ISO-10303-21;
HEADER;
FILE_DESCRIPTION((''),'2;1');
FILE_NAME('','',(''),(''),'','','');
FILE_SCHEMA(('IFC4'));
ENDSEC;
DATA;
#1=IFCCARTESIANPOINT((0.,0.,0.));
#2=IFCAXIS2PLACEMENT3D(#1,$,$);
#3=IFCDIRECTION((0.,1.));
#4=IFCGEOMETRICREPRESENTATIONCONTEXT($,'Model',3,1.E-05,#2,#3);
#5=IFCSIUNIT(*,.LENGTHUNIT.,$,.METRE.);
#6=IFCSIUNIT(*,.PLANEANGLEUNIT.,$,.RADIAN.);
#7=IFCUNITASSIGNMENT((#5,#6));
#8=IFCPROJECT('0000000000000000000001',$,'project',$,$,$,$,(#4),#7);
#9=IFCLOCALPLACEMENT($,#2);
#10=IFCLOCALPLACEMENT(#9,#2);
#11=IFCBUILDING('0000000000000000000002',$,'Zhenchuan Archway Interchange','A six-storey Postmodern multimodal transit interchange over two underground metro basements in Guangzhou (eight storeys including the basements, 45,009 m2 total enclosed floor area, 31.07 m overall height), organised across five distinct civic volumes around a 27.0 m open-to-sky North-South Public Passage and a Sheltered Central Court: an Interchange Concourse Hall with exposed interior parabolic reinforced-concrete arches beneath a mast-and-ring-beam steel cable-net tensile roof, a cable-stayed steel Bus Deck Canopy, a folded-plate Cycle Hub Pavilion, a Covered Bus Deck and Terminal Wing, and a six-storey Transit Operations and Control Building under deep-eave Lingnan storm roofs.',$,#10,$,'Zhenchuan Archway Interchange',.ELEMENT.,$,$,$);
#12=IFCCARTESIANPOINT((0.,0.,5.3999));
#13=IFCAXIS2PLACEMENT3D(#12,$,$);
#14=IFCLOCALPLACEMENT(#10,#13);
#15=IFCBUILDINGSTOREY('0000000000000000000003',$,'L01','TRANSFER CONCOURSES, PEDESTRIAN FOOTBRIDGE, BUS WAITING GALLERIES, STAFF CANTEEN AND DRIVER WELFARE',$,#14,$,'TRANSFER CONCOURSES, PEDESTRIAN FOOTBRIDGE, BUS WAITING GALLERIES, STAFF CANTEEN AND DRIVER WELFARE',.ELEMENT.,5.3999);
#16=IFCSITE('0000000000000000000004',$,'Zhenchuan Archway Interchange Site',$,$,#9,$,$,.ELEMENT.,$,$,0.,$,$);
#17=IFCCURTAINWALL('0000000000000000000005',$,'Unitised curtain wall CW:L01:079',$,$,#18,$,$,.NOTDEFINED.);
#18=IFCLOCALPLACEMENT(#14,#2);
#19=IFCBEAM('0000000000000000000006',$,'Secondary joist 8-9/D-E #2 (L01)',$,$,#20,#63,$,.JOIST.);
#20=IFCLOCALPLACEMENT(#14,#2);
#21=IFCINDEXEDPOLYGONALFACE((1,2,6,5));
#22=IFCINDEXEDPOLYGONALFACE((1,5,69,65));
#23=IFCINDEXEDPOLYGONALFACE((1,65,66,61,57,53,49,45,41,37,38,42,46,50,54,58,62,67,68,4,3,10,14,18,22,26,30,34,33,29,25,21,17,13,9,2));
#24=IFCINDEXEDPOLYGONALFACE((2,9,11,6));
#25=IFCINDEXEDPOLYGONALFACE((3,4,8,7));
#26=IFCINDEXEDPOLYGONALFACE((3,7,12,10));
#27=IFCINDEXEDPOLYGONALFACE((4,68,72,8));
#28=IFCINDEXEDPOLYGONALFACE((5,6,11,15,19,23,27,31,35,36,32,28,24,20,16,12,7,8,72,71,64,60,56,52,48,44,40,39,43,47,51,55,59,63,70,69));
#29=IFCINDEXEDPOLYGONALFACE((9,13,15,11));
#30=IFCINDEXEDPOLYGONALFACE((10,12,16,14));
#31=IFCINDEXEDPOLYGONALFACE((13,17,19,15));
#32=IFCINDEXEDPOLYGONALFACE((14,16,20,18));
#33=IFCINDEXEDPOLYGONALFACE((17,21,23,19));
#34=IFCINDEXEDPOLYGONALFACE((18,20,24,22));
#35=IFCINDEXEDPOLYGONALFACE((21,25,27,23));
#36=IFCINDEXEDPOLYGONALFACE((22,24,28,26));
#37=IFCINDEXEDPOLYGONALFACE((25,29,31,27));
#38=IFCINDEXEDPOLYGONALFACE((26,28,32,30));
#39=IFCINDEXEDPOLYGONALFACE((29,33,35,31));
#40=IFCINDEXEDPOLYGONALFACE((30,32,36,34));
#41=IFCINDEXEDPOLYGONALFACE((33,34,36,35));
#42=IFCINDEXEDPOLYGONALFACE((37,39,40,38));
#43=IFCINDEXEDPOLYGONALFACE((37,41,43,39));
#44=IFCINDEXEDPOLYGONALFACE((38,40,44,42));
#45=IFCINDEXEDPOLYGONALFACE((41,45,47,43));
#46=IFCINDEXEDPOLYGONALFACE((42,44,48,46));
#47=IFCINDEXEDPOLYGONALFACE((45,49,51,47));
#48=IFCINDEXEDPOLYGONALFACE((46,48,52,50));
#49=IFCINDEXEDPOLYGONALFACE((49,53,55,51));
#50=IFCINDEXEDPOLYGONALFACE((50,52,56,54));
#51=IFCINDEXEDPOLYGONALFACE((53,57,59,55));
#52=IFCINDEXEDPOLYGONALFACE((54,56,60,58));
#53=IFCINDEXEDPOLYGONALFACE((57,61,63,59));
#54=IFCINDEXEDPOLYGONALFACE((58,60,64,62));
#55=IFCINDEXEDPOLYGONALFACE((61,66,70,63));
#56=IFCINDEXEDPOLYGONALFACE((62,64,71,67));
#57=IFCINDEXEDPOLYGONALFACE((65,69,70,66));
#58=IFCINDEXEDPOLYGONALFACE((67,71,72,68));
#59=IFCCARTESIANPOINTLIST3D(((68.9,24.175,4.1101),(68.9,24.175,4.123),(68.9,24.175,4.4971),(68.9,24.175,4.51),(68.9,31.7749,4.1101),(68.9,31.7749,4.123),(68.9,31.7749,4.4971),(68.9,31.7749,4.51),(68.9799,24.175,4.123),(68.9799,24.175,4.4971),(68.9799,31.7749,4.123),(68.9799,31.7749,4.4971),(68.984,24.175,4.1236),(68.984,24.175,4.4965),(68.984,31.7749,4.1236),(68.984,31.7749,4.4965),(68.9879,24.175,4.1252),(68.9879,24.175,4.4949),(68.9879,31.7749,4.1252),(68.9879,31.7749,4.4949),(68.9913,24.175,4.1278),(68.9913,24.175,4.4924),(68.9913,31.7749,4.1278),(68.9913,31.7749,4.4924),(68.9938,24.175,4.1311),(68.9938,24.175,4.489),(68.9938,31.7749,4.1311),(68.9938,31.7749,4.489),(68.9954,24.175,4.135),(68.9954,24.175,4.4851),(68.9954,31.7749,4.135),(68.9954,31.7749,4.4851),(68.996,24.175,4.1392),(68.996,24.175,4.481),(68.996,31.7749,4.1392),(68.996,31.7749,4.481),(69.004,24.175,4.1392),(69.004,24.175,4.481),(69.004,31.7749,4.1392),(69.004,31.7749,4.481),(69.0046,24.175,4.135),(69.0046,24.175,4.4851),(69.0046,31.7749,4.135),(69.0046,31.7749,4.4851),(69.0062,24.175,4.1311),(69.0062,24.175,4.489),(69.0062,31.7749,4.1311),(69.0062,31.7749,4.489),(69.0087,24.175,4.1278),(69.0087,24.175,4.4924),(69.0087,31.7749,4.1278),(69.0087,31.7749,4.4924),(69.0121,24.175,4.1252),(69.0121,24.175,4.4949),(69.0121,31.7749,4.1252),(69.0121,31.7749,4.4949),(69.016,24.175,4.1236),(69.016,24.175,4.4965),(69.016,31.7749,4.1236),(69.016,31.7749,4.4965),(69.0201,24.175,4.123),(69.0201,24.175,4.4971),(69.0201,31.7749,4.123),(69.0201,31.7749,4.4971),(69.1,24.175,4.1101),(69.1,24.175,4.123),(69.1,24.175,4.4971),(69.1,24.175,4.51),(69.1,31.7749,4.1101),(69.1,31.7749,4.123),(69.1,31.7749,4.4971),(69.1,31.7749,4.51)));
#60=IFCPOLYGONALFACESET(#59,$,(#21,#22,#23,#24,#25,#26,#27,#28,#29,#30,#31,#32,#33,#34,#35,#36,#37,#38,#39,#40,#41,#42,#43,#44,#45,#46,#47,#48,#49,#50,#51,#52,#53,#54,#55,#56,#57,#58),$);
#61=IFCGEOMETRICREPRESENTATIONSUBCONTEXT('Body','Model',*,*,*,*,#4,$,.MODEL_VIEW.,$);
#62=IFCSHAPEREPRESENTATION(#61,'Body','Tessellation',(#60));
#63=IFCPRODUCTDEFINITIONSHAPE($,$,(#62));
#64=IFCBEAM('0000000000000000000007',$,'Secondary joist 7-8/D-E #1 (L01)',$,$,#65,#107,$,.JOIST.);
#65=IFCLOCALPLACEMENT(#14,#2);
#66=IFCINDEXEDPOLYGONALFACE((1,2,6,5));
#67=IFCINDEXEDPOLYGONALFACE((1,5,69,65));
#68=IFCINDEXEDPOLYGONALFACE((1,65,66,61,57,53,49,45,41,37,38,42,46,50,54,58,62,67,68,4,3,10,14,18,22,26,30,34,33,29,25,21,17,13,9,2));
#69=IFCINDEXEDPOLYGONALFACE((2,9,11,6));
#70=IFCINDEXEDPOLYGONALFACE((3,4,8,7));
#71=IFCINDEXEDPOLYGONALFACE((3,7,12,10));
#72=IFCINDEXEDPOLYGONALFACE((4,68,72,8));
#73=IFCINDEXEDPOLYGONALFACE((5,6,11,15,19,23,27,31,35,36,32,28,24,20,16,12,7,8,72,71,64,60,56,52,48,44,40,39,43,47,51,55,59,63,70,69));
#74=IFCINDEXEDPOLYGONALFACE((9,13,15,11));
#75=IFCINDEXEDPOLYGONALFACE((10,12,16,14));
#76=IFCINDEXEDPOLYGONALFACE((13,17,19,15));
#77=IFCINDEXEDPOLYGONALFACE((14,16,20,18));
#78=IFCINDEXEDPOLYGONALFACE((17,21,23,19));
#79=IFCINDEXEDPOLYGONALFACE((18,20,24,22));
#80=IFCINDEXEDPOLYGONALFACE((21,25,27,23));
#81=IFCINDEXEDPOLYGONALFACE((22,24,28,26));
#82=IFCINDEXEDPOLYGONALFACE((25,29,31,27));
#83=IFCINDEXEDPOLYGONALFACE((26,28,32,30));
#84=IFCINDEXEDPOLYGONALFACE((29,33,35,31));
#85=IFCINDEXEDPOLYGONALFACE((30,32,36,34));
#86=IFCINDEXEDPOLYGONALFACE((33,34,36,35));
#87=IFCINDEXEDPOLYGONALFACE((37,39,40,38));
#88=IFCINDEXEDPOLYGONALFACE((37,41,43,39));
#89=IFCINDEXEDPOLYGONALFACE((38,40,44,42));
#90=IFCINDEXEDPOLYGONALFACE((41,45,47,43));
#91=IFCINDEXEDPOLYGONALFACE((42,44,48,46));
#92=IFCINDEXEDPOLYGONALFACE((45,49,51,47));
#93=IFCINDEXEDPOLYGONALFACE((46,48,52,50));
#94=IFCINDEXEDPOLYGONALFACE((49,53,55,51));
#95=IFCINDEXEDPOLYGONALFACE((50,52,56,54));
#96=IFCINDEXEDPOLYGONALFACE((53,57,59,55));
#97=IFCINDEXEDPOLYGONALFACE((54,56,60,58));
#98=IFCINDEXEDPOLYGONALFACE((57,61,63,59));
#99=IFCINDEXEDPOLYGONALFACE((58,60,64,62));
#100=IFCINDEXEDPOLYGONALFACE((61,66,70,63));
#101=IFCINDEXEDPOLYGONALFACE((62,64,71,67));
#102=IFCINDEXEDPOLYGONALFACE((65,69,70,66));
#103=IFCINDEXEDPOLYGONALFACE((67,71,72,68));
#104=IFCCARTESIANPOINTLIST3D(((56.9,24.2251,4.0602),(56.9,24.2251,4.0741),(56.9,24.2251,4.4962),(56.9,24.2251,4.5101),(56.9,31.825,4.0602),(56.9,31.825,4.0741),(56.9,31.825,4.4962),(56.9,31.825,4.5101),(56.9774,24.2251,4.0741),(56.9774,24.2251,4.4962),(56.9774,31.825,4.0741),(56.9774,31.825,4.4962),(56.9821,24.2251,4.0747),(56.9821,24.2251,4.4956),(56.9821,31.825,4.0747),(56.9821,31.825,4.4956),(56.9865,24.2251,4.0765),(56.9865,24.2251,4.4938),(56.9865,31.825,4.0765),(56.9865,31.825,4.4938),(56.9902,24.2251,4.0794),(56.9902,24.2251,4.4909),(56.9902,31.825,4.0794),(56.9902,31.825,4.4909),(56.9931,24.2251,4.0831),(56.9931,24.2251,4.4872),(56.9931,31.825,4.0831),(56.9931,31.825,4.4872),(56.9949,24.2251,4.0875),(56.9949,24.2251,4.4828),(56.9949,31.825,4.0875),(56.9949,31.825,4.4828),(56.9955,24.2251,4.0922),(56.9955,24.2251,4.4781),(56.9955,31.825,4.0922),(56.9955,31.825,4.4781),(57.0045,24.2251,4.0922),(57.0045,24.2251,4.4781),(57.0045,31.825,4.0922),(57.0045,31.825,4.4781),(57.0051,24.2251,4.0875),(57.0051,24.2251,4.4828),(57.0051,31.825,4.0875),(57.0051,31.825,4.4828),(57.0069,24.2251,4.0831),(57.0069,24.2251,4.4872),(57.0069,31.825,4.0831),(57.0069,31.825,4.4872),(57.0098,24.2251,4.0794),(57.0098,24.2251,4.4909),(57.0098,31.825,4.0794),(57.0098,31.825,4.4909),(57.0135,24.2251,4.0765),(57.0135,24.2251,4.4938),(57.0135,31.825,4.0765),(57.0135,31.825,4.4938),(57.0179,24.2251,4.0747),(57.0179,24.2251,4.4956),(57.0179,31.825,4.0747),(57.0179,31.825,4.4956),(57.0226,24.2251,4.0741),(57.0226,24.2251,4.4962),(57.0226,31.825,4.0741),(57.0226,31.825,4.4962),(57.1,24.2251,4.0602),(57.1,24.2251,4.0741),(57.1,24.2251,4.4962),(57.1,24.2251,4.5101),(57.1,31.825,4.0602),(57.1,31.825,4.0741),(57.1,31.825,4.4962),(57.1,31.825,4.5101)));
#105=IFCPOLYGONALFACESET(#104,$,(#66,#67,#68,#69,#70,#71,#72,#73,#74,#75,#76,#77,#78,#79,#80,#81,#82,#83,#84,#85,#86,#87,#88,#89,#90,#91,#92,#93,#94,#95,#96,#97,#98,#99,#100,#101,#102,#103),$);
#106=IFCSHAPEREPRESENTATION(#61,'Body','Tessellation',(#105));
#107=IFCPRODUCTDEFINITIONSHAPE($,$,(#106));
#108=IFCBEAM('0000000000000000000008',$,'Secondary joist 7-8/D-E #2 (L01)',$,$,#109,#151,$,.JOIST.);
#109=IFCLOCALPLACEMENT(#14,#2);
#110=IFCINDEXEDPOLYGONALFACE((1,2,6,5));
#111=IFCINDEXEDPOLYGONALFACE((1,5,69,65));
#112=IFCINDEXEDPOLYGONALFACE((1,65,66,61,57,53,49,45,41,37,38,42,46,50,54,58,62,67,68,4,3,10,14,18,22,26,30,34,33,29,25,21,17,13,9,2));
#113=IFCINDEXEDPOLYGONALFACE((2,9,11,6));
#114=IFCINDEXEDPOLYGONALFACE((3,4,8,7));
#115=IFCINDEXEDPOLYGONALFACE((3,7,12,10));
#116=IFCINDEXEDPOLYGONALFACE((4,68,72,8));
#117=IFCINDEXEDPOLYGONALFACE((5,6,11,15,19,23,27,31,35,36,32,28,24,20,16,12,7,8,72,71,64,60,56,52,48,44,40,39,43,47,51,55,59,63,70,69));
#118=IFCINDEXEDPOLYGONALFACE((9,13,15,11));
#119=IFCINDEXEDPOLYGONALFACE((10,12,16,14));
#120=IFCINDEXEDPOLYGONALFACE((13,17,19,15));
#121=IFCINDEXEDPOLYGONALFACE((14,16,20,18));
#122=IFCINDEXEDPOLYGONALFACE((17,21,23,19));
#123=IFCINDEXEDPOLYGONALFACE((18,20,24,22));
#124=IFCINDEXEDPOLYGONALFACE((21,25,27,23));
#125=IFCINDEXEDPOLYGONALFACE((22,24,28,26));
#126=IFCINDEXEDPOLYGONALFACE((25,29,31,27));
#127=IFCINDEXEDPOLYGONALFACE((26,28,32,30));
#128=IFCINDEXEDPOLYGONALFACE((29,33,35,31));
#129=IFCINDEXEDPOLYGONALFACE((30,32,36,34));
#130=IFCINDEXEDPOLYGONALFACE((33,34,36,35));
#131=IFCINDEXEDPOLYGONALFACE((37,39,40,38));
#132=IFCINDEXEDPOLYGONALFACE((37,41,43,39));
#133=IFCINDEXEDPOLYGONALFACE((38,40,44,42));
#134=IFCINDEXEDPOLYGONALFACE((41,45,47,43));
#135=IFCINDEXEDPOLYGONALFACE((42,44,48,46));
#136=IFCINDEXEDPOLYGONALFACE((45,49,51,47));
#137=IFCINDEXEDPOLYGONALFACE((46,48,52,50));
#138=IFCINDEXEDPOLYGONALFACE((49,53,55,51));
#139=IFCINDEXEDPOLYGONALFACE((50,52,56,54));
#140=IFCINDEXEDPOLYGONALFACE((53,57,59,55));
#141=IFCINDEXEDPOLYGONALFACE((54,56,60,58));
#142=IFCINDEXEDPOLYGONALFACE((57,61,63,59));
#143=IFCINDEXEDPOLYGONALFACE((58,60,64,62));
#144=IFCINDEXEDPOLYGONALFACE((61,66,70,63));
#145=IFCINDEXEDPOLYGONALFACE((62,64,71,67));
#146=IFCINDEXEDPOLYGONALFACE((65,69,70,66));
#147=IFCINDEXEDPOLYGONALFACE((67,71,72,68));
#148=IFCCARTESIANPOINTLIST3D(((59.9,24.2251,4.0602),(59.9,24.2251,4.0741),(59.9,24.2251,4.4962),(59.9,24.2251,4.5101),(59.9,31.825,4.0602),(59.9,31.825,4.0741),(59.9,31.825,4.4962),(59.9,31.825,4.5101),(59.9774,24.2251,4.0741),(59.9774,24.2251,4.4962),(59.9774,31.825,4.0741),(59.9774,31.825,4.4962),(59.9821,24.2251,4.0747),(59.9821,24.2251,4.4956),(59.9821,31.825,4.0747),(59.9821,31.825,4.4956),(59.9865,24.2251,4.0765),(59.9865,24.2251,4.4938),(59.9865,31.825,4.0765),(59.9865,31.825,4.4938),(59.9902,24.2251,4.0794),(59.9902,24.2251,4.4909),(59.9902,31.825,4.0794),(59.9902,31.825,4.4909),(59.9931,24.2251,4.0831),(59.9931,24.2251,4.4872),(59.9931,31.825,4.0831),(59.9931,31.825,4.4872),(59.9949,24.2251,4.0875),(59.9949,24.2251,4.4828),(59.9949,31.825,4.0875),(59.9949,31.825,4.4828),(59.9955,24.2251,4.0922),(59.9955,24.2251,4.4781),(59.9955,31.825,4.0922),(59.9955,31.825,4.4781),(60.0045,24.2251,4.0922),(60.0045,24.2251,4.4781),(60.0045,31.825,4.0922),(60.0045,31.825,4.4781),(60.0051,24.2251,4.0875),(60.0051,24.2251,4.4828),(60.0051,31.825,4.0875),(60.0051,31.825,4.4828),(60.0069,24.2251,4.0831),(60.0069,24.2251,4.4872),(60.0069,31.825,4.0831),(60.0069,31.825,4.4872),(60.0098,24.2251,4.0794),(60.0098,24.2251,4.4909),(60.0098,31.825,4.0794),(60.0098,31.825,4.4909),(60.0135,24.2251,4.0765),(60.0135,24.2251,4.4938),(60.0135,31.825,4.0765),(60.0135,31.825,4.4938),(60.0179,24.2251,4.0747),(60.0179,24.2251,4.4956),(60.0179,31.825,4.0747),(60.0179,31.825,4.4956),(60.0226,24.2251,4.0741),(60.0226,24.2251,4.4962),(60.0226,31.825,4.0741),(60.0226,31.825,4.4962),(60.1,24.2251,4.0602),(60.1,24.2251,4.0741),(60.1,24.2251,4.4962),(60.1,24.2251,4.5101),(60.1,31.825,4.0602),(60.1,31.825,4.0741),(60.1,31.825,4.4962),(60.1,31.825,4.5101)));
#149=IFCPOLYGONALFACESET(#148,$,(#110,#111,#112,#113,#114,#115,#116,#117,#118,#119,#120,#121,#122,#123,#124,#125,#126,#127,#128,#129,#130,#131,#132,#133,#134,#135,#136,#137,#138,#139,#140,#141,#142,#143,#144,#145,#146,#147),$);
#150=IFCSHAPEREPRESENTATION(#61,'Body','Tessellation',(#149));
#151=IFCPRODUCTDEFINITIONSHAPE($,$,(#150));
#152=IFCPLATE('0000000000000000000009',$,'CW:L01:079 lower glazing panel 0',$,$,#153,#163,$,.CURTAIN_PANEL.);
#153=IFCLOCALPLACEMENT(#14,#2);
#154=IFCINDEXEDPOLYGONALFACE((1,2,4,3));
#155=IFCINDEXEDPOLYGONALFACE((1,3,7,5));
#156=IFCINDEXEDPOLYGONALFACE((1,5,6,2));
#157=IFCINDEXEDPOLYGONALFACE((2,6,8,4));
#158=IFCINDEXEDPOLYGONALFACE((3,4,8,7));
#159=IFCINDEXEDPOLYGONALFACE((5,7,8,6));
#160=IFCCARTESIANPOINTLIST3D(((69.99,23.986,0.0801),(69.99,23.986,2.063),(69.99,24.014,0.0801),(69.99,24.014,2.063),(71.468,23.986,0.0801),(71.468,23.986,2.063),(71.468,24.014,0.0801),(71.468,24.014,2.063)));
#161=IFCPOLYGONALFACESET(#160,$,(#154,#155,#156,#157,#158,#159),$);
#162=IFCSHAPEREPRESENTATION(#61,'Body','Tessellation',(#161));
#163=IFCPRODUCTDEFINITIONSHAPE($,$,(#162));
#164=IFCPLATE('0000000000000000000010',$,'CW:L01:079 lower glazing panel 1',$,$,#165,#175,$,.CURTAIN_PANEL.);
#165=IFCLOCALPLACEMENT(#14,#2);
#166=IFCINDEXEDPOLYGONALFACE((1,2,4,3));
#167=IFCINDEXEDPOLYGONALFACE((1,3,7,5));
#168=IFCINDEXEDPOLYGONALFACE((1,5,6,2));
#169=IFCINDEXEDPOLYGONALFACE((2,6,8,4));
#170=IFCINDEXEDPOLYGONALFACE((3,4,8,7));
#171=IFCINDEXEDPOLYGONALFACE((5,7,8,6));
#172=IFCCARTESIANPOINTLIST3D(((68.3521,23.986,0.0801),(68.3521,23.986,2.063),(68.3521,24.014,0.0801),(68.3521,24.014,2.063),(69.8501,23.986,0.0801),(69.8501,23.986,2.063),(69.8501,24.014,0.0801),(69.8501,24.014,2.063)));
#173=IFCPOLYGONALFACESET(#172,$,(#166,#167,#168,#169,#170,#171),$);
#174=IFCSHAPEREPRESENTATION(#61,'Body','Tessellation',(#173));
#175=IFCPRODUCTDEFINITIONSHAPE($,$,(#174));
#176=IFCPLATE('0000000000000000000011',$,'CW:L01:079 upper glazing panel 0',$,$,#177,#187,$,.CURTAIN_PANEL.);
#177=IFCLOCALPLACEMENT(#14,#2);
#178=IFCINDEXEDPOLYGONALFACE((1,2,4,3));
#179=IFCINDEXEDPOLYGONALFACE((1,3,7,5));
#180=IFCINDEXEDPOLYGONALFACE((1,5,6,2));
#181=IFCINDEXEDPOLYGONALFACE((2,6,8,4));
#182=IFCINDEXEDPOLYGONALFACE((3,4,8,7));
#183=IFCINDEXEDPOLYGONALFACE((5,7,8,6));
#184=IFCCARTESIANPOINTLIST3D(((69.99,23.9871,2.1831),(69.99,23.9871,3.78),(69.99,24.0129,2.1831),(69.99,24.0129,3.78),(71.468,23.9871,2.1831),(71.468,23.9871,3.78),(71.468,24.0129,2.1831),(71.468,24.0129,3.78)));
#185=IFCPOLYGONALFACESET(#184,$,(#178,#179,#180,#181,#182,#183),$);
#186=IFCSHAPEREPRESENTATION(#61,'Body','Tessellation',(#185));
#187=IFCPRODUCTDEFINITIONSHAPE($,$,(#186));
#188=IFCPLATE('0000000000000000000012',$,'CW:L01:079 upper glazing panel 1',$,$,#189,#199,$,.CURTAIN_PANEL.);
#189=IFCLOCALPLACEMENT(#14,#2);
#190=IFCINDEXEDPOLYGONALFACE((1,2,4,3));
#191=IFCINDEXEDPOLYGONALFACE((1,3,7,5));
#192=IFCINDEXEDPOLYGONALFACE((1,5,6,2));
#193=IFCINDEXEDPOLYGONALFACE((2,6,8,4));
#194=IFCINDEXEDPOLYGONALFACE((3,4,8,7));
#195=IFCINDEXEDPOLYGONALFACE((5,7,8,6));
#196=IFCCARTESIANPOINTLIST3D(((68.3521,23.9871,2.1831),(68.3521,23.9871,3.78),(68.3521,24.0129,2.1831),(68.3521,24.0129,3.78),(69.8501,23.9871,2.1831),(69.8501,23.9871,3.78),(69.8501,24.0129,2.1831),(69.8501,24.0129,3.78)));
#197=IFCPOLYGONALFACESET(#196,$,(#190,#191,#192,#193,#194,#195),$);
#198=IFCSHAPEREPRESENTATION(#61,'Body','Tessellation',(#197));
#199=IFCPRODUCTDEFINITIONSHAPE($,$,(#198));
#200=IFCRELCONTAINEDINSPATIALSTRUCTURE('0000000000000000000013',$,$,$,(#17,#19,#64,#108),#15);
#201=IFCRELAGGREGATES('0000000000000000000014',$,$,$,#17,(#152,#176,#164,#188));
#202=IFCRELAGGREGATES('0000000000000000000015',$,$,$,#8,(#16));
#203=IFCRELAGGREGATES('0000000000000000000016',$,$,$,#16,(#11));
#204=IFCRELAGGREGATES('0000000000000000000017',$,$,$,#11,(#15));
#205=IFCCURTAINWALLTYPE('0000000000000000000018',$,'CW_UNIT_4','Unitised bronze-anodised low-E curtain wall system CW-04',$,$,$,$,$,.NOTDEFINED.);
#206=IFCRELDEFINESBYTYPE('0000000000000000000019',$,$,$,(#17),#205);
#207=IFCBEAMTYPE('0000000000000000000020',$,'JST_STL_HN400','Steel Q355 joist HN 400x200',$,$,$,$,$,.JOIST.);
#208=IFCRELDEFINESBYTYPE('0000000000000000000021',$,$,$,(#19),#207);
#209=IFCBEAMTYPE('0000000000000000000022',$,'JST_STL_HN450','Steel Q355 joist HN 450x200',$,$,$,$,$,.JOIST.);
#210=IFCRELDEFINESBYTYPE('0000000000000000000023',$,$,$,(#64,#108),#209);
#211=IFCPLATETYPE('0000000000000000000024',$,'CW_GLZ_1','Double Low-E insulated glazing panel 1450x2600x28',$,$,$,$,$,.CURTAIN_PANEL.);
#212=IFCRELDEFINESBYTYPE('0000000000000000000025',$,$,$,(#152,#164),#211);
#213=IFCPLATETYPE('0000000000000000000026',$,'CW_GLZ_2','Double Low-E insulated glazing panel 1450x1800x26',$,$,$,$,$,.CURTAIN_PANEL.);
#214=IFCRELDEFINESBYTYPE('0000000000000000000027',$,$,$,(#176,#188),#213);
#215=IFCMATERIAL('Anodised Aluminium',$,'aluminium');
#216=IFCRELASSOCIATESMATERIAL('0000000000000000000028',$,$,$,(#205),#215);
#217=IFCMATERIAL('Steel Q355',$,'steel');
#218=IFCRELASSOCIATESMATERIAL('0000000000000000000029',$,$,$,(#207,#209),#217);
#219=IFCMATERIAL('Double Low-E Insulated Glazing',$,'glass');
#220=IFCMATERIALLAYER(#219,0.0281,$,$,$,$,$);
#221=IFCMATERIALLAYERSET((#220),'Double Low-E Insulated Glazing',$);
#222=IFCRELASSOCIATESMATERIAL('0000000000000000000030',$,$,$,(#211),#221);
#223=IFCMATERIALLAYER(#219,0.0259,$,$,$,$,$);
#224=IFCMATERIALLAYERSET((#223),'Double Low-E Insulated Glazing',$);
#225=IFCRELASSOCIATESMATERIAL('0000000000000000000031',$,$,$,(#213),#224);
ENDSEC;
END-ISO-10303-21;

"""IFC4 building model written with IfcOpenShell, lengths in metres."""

from ifc_helpers import new_model, si_unit, direction, frame, origin, origin_2d, place, context, subcontext, project, spatial, rectangle, i_section, extrude, material, layer, layer_set, material_profile, profile_set, type_object, element, aggregate, save


model = new_model("IFC4")

# Units and contexts
model_context = context("Model", 3, precision=1e-05, world=origin(), true_north=direction((0.0, 1.0)))
body_context = subcontext(model_context, "Body", "Model", "MODEL_VIEW")
ifc_project = project(units=[si_unit("LENGTHUNIT", "METRE"), si_unit("PLANEANGLEUNIT", "RADIAN")], contexts=[model_context])

# Site, building, storey
site_placement = place(None, origin())
site = spatial("IfcSite", under=ifc_project, at=site_placement, Name="Zhenchuan Archway Interchange Site", CompositionType="ELEMENT", RefElevation=0.0)
building_placement = place(site_placement, origin())
building = spatial("IfcBuilding", under=site, at=building_placement, Name="Zhenchuan Archway Interchange", Description="A six-storey Postmodern multimodal transit interchange over two underground metro basements in Guangzhou (eight storeys including the basements, 45,009 m2 total enclosed floor area, 31.07 m overall height), organised across five distinct civic volumes around a 27.0 m open-to-sky North-South Public Passage and a Sheltered Central Court: an Interchange Concourse Hall with exposed interior parabolic reinforced-concrete arches beneath a mast-and-ring-beam steel cable-net tensile roof, a cable-stayed steel Bus Deck Canopy, a folded-plate Cycle Hub Pavilion, a Covered Bus Deck and Terminal Wing, and a six-storey Transit Operations and Control Building under deep-eave Lingnan storm roofs.", LongName="Zhenchuan Archway Interchange", CompositionType="ELEMENT")
storey_placement = place(building_placement, frame((0.0, 0.0, 5.3999)))
storey = spatial("IfcBuildingStorey", under=building, at=storey_placement, Name="L01", Description="TRANSFER CONCOURSES, PEDESTRIAN FOOTBRIDGE, BUS WAITING GALLERIES, STAFF CANTEEN AND DRIVER WELFARE", LongName="TRANSFER CONCOURSES, PEDESTRIAN FOOTBRIDGE, BUS WAITING GALLERIES, STAFF CANTEEN AND DRIVER WELFARE", CompositionType="ELEMENT", Elevation=5.3999)

# Curtain wall
ifc_material_1 = material(Name="Anodised Aluminium", Category="aluminium")
curtain_wall_type = type_object("IfcCurtainWallType", Name="CW_UNIT_4", Description="Unitised bronze-anodised low-E curtain wall system CW-04", PredefinedType="NOTDEFINED", material=ifc_material_1)
curtain_wall_placement = place(storey_placement, origin())
curtain_wall = element("IfcCurtainWall", 1, at=curtain_wall_placement, inside=storey, type_object=curtain_wall_type, Name="Unitised curtain wall CW:L01:079", PredefinedType="NOTDEFINED")

# Beams
ifc_material_2 = material(Name="Steel Q355", Category="steel")
ifc_material_profile_1 = material_profile(ifc_material_2, i_section(OverallWidth=0.2, OverallDepth=0.3999, WebThickness=0.0081, FlangeThickness=0.0129, FilletRadius=0.0161, at=origin_2d()), Name="HN 400x200")
ifc_profile_set_1 = profile_set([ifc_material_profile_1], Name="Steel Q355")
beam_type_1 = type_object("IfcBeamType", Name="JST_STL_HN400", Description="Steel Q355 joist HN 400x200", PredefinedType="JOIST", material=ifc_profile_set_1)
for number, where, z_axis, x_axis, name in (
    (2, (69.0, 24.175, 4.3101), (0.0, 1.0, 0.0), (-1.0, 0.0, 0.0), "Secondary joist 8-9/D-E #2 (L01)"),
):
    element("IfcBeam", number, at=place(storey_placement, frame(where, z_axis=z_axis, x_axis=x_axis)), inside=storey, type_object=beam_type_1, Name=name, PredefinedType="JOIST", context=body_context, shape_type="SweptSolid", body=[
        extrude(i_section(OverallWidth=0.2, OverallDepth=0.3999, WebThickness=0.0081, FlangeThickness=0.0129, FilletRadius=0.0161, at=origin_2d()), origin(), (0.0, 0.0, 1.0), 7.5999),
    ])
ifc_material_profile_2 = material_profile(ifc_material_2, i_section(OverallWidth=0.2, OverallDepth=0.45, WebThickness=0.009, FlangeThickness=0.0139, FilletRadius=0.0181, at=origin_2d()), Name="HN 450x200")
ifc_profile_set_2 = profile_set([ifc_material_profile_2], Name="Steel Q355")
beam_type_2 = type_object("IfcBeamType", Name="JST_STL_HN450", Description="Steel Q355 joist HN 450x200", PredefinedType="JOIST", material=ifc_profile_set_2)
for number, where, z_axis, x_axis, name in (
    (3, (57.0, 24.2251, 4.2852), (0.0, 1.0, 0.0), (-1.0, 0.0, 0.0), "Secondary joist 7-8/D-E #1 (L01)"),
    (4, (60.0, 24.2251, 4.2852), (0.0, 1.0, 0.0), (-1.0, 0.0, 0.0), "Secondary joist 7-8/D-E #2 (L01)"),
):
    element("IfcBeam", number, at=place(storey_placement, frame(where, z_axis=z_axis, x_axis=x_axis)), inside=storey, type_object=beam_type_2, Name=name, PredefinedType="JOIST", context=body_context, shape_type="SweptSolid", body=[
        extrude(i_section(OverallWidth=0.2, OverallDepth=0.45, WebThickness=0.009, FlangeThickness=0.0139, FilletRadius=0.0181, at=origin_2d()), origin(), (0.0, 0.0, 1.0), 7.5999),
    ])

# Plates
ifc_material_3 = material(Name="Double Low-E Insulated Glazing", Category="glass")
ifc_layer_1 = layer(ifc_material_3, 0.0281)
ifc_layer_set_1 = layer_set([ifc_layer_1], Name="Double Low-E Insulated Glazing")
plate_type_1 = type_object("IfcPlateType", Name="CW_GLZ_1", Description="Double Low-E insulated glazing panel 1450x2600x28", PredefinedType="CURTAIN_PANEL", material=ifc_layer_set_1)
plate_1_placement = place(storey_placement, frame((70.729, 24.0, 0.0801), z_axis=(0.0, 0.0, 1.0), x_axis=(-1.0, 0.0, 0.0)))
plate_1 = element("IfcPlate", 5, at=plate_1_placement, type_object=plate_type_1, Name="CW:L01:079 lower glazing panel 0", PredefinedType="CURTAIN_PANEL", context=body_context, shape_type="SweptSolid", body=[
    extrude(rectangle(XDim=1.478, YDim=0.0281, at=origin_2d()), origin(), (0.0, 0.0, 1.0), 1.9829),
])
plate_2_placement = place(storey_placement, frame((69.1011, 24.0, 0.0801), z_axis=(0.0, 0.0, 1.0), x_axis=(-1.0, 0.0, 0.0)))
plate_2 = element("IfcPlate", 6, at=plate_2_placement, type_object=plate_type_1, Name="CW:L01:079 lower glazing panel 1", PredefinedType="CURTAIN_PANEL", context=body_context, shape_type="SweptSolid", body=[
    extrude(rectangle(XDim=1.498, YDim=0.0281, at=origin_2d()), origin(), (0.0, 0.0, 1.0), 1.9829),
])
ifc_layer_2 = layer(ifc_material_3, 0.0259)
ifc_layer_set_2 = layer_set([ifc_layer_2], Name="Double Low-E Insulated Glazing")
plate_type_2 = type_object("IfcPlateType", Name="CW_GLZ_2", Description="Double Low-E insulated glazing panel 1450x1800x26", PredefinedType="CURTAIN_PANEL", material=ifc_layer_set_2)
plate_3_placement = place(storey_placement, frame((70.729, 24.0, 2.1831), z_axis=(0.0, 0.0, 1.0), x_axis=(-1.0, 0.0, 0.0)))
plate_3 = element("IfcPlate", 7, at=plate_3_placement, type_object=plate_type_2, Name="CW:L01:079 upper glazing panel 0", PredefinedType="CURTAIN_PANEL", context=body_context, shape_type="SweptSolid", body=[
    extrude(rectangle(XDim=1.478, YDim=0.0259, at=origin_2d()), origin(), (0.0, 0.0, 1.0), 1.5969),
])
plate_4_placement = place(storey_placement, frame((69.1011, 24.0, 2.1831), z_axis=(0.0, 0.0, 1.0), x_axis=(-1.0, 0.0, 0.0)))
plate_4 = element("IfcPlate", 8, at=plate_4_placement, type_object=plate_type_2, Name="CW:L01:079 upper glazing panel 1", PredefinedType="CURTAIN_PANEL", context=body_context, shape_type="SweptSolid", body=[
    extrude(rectangle(XDim=1.498, YDim=0.0259, at=origin_2d()), origin(), (0.0, 0.0, 1.0), 1.5969),
])
aggregate(curtain_wall, [plate_1, plate_3, plate_2, plate_4])

save(model, "model.ifc")
